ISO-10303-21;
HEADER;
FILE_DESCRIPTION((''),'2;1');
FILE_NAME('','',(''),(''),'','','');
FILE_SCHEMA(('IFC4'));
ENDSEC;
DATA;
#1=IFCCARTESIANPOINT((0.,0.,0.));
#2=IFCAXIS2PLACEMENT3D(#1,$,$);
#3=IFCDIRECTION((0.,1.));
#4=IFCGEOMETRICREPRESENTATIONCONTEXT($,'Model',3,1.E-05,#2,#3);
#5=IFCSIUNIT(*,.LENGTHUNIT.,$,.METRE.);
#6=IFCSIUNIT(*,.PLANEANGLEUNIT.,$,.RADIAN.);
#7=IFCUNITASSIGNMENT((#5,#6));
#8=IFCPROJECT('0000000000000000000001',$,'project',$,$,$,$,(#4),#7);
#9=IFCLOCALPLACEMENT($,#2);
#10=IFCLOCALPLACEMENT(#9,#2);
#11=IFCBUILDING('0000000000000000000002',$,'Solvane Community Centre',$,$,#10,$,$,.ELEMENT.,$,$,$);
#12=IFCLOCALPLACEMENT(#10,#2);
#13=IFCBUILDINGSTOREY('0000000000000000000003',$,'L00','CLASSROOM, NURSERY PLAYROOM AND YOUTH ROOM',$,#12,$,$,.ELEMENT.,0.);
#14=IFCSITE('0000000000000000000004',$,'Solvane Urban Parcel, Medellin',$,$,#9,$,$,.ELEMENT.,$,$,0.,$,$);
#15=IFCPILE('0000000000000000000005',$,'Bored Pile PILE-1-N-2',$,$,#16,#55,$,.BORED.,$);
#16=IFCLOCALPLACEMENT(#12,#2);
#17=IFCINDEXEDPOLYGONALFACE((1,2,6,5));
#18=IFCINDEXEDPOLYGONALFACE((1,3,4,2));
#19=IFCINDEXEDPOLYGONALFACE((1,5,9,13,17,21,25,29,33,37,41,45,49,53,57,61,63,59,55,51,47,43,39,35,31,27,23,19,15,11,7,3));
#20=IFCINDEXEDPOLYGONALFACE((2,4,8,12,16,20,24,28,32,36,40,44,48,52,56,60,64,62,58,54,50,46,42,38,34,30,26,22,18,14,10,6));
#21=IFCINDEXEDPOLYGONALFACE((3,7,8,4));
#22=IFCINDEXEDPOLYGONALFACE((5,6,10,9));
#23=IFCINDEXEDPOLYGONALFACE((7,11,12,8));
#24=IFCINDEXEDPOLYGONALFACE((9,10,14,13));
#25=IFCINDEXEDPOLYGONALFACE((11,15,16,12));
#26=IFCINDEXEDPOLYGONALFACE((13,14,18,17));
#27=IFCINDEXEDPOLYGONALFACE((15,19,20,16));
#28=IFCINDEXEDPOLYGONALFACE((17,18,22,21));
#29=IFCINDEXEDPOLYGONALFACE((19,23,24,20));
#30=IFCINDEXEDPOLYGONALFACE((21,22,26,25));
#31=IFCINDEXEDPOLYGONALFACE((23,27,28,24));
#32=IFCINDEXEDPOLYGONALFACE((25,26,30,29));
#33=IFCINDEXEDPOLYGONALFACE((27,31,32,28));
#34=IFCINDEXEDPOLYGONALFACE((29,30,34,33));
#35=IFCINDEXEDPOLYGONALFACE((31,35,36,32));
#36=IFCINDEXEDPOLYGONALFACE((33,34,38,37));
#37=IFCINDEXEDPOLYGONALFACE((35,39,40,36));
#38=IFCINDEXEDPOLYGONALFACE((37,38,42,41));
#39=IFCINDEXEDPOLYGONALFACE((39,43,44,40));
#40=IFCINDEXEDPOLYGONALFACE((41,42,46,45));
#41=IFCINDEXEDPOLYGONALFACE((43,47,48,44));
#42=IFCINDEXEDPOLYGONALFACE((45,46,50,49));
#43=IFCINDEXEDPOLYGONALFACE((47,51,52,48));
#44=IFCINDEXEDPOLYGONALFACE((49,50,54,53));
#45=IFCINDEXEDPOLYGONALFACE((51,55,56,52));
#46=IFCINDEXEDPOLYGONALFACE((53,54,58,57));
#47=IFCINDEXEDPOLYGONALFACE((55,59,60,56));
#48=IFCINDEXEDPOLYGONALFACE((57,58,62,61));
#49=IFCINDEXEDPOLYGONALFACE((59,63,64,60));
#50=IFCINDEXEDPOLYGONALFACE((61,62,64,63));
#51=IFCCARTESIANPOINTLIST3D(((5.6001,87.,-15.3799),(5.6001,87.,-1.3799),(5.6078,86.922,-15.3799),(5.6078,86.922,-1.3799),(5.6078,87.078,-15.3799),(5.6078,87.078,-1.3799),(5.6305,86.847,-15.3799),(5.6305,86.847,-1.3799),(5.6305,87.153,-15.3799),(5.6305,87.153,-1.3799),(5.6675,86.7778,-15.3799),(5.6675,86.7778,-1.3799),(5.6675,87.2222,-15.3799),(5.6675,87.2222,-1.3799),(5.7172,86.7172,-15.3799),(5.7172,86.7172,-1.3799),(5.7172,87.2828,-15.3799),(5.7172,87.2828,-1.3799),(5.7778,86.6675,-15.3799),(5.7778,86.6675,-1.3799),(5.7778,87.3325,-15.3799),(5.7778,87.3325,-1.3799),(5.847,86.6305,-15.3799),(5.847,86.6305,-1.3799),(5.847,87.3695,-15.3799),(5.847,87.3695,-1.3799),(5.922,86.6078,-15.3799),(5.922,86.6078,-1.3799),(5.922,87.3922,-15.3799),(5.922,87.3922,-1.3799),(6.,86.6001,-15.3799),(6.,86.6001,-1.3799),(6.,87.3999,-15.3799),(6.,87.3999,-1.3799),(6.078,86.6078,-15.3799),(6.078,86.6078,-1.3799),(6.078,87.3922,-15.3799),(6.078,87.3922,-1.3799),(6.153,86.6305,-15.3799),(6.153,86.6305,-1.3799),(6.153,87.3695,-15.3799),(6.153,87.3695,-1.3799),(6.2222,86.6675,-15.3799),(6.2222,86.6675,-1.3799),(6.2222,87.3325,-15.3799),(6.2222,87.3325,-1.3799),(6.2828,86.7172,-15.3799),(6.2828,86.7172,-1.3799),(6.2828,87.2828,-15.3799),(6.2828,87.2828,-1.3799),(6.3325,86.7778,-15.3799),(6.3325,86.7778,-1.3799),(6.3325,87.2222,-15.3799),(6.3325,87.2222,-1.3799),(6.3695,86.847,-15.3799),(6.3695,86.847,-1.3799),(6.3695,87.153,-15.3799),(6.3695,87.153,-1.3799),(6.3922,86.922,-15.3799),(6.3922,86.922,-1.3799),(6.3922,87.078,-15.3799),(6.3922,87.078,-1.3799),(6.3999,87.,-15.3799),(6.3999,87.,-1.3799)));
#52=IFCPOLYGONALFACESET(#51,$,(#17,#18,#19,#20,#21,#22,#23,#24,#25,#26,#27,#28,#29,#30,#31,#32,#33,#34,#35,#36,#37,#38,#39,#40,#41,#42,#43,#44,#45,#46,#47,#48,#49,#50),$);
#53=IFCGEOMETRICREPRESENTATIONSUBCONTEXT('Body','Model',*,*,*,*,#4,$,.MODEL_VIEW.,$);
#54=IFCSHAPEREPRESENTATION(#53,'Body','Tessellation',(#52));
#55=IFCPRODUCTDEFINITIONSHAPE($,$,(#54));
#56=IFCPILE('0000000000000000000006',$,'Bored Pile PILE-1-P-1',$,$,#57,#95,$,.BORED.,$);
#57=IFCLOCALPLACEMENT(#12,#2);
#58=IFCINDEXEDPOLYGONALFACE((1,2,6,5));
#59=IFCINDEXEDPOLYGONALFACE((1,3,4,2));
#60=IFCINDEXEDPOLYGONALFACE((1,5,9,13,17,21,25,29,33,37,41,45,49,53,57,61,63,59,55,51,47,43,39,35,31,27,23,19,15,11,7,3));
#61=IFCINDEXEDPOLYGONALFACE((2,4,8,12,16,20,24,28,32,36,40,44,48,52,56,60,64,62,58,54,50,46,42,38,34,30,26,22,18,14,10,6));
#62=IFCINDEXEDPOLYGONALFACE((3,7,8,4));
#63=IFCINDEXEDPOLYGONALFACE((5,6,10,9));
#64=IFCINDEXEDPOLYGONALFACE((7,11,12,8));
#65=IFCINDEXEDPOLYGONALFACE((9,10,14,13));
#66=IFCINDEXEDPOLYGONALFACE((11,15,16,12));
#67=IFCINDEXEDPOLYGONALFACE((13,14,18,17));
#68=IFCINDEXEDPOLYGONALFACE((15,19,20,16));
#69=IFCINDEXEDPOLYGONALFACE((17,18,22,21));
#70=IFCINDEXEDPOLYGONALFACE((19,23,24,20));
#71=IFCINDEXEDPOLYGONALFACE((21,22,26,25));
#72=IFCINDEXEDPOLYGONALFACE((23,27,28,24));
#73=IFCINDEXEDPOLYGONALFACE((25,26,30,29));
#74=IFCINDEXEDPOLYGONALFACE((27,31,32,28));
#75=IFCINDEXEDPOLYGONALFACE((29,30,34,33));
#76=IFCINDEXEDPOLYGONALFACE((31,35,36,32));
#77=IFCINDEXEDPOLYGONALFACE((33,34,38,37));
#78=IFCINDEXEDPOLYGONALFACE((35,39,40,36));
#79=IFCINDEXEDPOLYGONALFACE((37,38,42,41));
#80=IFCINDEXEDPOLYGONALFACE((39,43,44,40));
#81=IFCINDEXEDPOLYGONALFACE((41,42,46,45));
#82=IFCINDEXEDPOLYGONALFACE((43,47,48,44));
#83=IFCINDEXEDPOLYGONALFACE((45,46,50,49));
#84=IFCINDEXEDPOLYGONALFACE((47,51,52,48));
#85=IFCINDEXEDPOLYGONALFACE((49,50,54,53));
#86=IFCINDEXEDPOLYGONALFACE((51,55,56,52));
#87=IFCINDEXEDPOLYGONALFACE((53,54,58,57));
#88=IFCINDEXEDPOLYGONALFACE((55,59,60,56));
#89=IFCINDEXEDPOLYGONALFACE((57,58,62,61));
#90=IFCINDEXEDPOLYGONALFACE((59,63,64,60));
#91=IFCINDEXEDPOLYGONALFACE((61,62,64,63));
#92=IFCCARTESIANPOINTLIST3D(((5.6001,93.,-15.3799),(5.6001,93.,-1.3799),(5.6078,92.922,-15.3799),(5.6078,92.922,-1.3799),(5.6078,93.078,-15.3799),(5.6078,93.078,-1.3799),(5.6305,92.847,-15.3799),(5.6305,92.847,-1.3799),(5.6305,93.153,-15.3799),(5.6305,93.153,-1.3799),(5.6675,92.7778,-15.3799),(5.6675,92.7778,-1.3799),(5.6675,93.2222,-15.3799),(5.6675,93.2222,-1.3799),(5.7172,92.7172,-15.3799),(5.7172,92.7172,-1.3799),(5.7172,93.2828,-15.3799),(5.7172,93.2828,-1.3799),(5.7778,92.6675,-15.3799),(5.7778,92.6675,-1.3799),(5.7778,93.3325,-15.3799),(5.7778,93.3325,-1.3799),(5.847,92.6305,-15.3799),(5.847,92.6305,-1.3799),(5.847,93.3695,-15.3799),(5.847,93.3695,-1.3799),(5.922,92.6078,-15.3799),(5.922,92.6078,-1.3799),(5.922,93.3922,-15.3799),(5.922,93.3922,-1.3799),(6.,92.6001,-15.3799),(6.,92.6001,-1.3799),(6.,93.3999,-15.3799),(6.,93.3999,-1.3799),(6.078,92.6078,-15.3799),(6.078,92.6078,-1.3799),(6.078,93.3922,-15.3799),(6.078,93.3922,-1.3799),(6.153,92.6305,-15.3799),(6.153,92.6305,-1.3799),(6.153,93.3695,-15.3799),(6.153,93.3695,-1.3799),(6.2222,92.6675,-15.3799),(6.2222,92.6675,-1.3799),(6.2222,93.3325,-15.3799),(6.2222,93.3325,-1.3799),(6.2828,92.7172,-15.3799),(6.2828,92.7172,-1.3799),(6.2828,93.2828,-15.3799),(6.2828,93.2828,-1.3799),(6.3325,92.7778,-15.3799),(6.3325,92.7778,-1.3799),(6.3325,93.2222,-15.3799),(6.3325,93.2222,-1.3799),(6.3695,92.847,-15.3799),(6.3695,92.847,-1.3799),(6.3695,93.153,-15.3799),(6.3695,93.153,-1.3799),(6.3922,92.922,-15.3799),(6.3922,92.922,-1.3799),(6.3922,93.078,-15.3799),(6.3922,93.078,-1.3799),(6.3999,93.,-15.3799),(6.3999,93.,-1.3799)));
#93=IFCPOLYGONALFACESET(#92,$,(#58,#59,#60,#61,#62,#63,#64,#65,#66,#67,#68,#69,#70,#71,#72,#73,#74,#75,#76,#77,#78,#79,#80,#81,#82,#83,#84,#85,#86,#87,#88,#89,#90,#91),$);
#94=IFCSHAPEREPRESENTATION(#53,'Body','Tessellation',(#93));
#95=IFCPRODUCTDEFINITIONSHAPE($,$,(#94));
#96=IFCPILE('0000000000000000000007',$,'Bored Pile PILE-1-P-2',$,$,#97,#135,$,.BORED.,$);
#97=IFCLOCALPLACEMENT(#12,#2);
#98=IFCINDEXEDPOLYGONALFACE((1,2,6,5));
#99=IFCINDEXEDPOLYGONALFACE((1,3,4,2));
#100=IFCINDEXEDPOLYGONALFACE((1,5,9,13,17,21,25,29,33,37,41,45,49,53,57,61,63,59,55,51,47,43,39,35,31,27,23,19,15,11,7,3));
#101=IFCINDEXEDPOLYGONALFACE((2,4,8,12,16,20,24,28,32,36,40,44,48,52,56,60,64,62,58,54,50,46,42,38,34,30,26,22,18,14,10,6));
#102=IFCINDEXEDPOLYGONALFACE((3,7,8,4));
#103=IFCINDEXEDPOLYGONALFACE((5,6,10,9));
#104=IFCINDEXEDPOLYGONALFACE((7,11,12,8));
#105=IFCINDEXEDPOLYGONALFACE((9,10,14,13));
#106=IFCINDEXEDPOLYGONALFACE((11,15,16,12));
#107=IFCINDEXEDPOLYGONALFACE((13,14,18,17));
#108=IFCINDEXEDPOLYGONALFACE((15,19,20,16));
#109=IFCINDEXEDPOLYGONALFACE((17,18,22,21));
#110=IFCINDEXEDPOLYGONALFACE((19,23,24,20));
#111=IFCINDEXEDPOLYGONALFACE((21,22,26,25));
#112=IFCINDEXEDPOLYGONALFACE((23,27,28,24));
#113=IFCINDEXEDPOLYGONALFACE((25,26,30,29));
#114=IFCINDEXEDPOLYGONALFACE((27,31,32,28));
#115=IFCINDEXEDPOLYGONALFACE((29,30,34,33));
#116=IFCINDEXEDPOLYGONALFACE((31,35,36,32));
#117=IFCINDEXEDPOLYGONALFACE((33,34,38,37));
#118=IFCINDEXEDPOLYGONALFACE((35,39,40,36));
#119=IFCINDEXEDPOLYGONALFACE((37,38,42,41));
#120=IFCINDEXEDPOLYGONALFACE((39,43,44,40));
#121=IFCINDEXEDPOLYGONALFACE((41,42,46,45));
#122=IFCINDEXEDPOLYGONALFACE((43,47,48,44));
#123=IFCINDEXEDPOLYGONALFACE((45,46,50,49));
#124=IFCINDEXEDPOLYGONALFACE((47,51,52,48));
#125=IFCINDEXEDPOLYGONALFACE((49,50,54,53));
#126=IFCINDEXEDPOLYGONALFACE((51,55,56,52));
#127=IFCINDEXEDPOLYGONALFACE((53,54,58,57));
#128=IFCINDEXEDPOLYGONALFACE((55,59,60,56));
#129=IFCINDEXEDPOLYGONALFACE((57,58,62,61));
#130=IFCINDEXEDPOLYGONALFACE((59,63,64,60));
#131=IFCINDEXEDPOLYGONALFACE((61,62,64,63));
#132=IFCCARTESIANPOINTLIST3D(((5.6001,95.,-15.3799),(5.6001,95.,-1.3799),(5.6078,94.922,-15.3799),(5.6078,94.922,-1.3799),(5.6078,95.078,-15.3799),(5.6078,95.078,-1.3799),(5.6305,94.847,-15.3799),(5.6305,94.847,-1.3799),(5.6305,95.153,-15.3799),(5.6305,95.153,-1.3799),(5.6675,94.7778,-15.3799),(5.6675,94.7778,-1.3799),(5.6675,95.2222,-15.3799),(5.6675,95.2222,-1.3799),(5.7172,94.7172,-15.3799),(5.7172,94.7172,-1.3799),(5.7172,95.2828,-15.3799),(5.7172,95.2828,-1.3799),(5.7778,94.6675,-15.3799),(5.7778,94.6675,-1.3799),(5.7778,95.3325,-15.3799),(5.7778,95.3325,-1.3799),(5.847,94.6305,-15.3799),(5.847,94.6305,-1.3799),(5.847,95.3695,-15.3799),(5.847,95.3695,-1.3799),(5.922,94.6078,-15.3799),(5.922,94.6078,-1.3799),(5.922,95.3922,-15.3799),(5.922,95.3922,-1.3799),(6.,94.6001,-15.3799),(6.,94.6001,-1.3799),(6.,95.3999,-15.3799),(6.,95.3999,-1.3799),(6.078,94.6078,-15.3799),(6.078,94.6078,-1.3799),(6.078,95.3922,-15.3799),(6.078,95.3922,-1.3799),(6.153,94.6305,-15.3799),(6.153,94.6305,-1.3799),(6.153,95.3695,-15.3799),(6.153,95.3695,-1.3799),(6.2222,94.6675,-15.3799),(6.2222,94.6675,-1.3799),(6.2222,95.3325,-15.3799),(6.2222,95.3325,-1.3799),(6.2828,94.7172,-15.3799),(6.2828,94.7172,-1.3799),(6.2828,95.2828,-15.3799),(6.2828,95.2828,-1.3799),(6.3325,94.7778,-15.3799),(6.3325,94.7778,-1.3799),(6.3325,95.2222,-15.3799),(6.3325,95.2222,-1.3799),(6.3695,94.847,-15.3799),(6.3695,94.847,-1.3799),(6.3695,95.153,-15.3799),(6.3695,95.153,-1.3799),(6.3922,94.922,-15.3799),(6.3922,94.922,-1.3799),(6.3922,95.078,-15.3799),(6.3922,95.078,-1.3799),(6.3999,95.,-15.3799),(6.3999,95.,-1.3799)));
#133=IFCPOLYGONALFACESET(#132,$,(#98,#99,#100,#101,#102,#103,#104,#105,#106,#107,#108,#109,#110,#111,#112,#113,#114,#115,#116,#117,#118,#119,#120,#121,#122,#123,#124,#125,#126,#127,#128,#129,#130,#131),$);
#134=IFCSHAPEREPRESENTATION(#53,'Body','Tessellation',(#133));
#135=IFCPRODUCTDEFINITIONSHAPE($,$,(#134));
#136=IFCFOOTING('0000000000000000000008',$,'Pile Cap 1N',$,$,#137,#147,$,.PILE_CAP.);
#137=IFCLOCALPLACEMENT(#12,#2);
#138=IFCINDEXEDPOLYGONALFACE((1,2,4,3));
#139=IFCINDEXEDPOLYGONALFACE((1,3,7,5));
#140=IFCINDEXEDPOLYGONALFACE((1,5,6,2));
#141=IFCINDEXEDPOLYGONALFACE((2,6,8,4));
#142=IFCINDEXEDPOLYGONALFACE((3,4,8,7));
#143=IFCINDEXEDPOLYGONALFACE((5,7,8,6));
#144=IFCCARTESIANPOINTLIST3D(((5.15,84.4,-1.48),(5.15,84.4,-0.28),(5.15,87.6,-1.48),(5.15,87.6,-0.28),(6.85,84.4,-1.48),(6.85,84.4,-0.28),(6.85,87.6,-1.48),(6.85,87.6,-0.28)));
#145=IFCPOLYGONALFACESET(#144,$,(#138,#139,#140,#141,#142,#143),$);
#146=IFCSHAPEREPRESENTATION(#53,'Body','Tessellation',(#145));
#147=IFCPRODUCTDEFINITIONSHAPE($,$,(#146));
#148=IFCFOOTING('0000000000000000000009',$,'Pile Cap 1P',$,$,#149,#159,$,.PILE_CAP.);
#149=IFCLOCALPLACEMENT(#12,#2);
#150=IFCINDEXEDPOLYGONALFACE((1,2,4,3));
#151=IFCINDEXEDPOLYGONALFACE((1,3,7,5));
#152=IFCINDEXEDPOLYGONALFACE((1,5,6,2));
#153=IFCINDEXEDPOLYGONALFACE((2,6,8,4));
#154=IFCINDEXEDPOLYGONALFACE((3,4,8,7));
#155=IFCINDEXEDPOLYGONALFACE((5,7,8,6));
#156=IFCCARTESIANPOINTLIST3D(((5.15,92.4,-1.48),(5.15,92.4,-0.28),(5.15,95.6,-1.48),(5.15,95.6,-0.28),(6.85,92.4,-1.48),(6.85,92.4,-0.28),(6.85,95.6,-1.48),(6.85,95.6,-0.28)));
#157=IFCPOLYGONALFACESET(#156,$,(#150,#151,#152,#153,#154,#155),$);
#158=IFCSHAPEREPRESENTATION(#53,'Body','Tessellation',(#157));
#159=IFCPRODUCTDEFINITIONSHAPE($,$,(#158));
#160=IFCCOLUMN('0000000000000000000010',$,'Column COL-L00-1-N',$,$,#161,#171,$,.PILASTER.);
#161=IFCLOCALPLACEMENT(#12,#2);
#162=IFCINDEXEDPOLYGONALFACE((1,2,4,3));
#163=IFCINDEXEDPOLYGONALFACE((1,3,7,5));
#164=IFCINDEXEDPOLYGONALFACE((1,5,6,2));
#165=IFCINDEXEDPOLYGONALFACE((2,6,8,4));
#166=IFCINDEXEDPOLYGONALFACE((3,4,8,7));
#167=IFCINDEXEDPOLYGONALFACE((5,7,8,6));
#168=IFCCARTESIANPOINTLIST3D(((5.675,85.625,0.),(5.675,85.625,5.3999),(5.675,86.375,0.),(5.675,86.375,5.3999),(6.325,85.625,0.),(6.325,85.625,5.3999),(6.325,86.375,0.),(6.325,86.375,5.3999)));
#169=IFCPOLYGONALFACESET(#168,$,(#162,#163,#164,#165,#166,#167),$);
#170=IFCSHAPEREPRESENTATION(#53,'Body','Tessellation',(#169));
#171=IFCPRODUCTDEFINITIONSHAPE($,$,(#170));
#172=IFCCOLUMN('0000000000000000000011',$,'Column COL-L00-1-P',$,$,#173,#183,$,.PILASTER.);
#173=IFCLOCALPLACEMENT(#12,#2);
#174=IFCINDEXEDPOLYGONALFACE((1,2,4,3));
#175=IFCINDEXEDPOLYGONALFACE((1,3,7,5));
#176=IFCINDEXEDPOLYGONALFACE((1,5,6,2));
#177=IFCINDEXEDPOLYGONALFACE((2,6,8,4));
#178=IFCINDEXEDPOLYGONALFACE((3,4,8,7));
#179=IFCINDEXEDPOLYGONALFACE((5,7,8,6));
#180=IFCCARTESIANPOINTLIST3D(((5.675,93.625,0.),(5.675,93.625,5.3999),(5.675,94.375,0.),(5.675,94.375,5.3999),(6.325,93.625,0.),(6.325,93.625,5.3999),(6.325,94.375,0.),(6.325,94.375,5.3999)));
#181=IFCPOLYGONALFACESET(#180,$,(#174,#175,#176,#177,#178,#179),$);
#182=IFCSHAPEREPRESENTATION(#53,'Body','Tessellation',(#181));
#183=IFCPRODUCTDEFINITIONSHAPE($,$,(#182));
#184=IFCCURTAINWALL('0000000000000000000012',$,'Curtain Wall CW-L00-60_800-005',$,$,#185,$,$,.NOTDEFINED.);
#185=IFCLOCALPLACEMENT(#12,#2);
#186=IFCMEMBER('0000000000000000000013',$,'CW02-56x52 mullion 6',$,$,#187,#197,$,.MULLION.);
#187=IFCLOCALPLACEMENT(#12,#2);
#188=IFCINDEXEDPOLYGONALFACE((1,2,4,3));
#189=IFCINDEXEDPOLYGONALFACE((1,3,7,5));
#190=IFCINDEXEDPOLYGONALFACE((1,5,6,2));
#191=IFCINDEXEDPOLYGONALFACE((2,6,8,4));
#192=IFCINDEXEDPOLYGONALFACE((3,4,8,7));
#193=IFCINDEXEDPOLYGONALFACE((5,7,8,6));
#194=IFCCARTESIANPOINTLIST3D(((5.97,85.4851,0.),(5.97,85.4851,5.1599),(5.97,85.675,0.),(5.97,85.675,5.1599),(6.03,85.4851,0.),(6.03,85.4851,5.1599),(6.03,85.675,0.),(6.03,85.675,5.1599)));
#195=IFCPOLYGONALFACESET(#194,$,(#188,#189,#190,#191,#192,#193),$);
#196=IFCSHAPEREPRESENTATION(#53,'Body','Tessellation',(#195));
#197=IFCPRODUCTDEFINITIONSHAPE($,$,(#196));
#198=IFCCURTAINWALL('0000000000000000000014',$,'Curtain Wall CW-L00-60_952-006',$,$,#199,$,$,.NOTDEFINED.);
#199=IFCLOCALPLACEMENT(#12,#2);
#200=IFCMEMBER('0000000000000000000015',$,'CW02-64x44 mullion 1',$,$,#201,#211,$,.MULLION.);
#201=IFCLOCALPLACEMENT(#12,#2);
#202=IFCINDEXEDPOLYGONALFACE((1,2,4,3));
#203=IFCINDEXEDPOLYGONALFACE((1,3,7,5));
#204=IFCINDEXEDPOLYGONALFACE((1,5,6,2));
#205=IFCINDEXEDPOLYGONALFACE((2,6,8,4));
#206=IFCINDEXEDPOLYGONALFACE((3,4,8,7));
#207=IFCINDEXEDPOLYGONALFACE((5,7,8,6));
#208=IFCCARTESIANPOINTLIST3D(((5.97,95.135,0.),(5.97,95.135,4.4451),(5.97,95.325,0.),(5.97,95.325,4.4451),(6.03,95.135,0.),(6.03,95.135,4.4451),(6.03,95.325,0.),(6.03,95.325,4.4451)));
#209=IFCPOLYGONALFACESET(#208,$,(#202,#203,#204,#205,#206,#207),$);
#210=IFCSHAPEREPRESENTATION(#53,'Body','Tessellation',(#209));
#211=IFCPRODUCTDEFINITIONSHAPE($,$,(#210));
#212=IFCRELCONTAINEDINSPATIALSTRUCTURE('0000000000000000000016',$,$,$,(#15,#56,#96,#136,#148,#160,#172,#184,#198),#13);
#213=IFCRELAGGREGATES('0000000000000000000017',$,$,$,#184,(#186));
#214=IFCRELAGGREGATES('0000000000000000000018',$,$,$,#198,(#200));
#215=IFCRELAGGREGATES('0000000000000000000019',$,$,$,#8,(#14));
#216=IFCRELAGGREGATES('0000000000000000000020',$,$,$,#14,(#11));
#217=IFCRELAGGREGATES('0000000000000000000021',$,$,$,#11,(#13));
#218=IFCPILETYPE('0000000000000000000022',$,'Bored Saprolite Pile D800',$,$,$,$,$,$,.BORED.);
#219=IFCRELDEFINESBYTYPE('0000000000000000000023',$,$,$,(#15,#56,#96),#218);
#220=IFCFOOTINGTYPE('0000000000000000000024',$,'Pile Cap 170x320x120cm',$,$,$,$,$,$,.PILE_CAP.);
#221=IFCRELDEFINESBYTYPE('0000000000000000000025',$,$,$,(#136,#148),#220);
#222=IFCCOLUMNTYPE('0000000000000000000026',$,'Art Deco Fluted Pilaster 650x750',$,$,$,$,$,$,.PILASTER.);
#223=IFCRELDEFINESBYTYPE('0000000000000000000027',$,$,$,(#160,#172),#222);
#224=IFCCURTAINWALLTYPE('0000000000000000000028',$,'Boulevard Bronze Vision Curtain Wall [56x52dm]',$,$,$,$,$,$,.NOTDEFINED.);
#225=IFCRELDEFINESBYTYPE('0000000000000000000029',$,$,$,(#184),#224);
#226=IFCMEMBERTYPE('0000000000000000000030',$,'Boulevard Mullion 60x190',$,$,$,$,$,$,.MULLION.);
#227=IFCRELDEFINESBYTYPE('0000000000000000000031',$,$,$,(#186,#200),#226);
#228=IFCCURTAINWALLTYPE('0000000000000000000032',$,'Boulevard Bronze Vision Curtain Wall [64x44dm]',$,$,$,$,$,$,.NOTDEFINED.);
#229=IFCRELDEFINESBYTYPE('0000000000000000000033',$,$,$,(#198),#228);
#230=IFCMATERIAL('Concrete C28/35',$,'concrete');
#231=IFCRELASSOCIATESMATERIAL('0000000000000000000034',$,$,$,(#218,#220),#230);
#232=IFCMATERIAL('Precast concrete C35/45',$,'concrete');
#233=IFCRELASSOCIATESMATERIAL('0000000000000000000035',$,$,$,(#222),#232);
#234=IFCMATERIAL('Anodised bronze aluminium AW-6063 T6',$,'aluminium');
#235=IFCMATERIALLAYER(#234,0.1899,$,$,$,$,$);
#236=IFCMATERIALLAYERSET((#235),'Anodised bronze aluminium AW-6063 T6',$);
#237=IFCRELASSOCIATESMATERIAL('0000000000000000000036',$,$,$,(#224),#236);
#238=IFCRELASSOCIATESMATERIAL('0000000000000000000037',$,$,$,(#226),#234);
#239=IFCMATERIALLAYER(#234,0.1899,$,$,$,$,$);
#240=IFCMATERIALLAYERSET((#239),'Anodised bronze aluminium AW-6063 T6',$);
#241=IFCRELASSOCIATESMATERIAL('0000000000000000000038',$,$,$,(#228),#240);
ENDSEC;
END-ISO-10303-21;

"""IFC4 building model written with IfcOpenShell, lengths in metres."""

from ifc_helpers import new_model, si_unit, direction, frame, origin, origin_2d, place, context, subcontext, project, spatial, rectangle, circle, extrude, material, layer, layer_set, material_profile, profile_set, type_object, element, aggregate, save


model = new_model("IFC4")

# Units and contexts
model_context = context("Model", 3, precision=1e-05, world=origin(), true_north=direction((0.0, 1.0)))
body_context = subcontext(model_context, "Body", "Model", "MODEL_VIEW")
ifc_project = project(units=[si_unit("LENGTHUNIT", "METRE"), si_unit("PLANEANGLEUNIT", "RADIAN")], contexts=[model_context])

# Site, building, storey
site_placement = place(None, origin())
site = spatial("IfcSite", under=ifc_project, at=site_placement, Name="Solvane Urban Parcel, Medellin", CompositionType="ELEMENT", RefElevation=0.0)
building_placement = place(site_placement, origin())
building = spatial("IfcBuilding", under=site, at=building_placement, Name="Solvane Community Centre", CompositionType="ELEMENT")
storey_placement = place(building_placement, origin())
storey = spatial("IfcBuildingStorey", under=building, at=storey_placement, Name="L00", Description="CLASSROOM, NURSERY PLAYROOM AND YOUTH ROOM", CompositionType="ELEMENT", Elevation=0.0)

# Piles
ifc_material_1 = material(Name="Concrete C28/35", Category="concrete")
ifc_material_profile_1 = material_profile(ifc_material_1, circle(Radius=0.3999, at=origin_2d()), Name="PILE D800")
ifc_profile_set_1 = profile_set([ifc_material_profile_1], Name="Concrete C28/35")
pile_type = type_object("IfcPileType", Name="Bored Saprolite Pile D800", PredefinedType="BORED", material=ifc_profile_set_1)
for number, where, z_axis, x_axis, name in (
    (1, (6.0, 87.0, -1.3799), (0.0, 0.0, -1.0), (1.0, 0.0, 0.0), "Bored Pile PILE-1-N-2"),
    (2, (6.0, 93.0, -1.3799), (0.0, 0.0, -1.0), (1.0, 0.0, 0.0), "Bored Pile PILE-1-P-1"),
    (3, (6.0, 95.0, -1.3799), (0.0, 0.0, -1.0), (1.0, 0.0, 0.0), "Bored Pile PILE-1-P-2"),
):
    element("IfcPile", number, at=place(storey_placement, frame(where, z_axis=z_axis, x_axis=x_axis)), inside=storey, type_object=pile_type, Name=name, PredefinedType="BORED", context=body_context, shape_type="SweptSolid", body=[
        extrude(circle(Radius=0.3999, at=origin_2d()), origin(), (0.0, 0.0, 1.0), 14.0),
    ])

# Footings
footing_type = type_object("IfcFootingType", Name="Pile Cap 170x320x120cm", PredefinedType="PILE_CAP", material=ifc_material_1)
for number, where, z_axis, x_axis, name in (
    (4, (6.0, 86.0, -1.48), (0.0, 0.0, 1.0), (1.0, 0.0, 0.0), "Pile Cap 1N"),
    (5, (6.0, 94.0, -1.48), (0.0, 0.0, 1.0), (1.0, 0.0, 0.0), "Pile Cap 1P"),
):
    element("IfcFooting", number, at=place(storey_placement, frame(where, z_axis=z_axis, x_axis=x_axis)), inside=storey, type_object=footing_type, Name=name, PredefinedType="PILE_CAP", context=body_context, shape_type="SweptSolid", body=[
        extrude(rectangle(XDim=1.7, YDim=3.2, at=origin_2d()), origin(), (0.0, 0.0, 1.0), 1.2),
    ])

# Columns
ifc_material_2 = material(Name="Precast concrete C35/45", Category="concrete")
ifc_material_profile_2 = material_profile(ifc_material_2, rectangle(XDim=0.6499, YDim=0.75, at=origin_2d()), Name="RC 650x750")
ifc_profile_set_2 = profile_set([ifc_material_profile_2], Name="Precast concrete C35/45")
column_type = type_object("IfcColumnType", Name="Art Deco Fluted Pilaster 650x750", PredefinedType="PILASTER", material=ifc_profile_set_2)
for number, where, z_axis, x_axis, name in (
    (6, (6.0, 86.0, 0.0), (0.0, 0.0, 1.0), (1.0, 0.0, 0.0), "Column COL-L00-1-N"),
    (7, (6.0, 94.0, 0.0), (0.0, 0.0, 1.0), (1.0, 0.0, 0.0), "Column COL-L00-1-P"),
):
    element("IfcColumn", number, at=place(storey_placement, frame(where, z_axis=z_axis, x_axis=x_axis)), inside=storey, type_object=column_type, Name=name, PredefinedType="PILASTER", context=body_context, shape_type="SweptSolid", body=[
        extrude(rectangle(XDim=0.6499, YDim=0.75, at=origin_2d()), origin(), (0.0, 0.0, 1.0), 5.3999),
    ])

# Curtain wall, member
ifc_material_3 = material(Name="Anodised bronze aluminium AW-6063 T6", Category="aluminium")
ifc_layer_1 = layer(ifc_material_3, 0.1899)
ifc_layer_set_1 = layer_set([ifc_layer_1], Name="Anodised bronze aluminium AW-6063 T6")
curtain_wall_type_1 = type_object("IfcCurtainWallType", Name="Boulevard Bronze Vision Curtain Wall [56x52dm]", PredefinedType="NOTDEFINED", material=ifc_layer_set_1)
curtain_wall_1_placement = place(storey_placement, origin())
curtain_wall_1 = element("IfcCurtainWall", 8, at=curtain_wall_1_placement, inside=storey, type_object=curtain_wall_type_1, Name="Curtain Wall CW-L00-60_800-005", PredefinedType="NOTDEFINED")
ifc_material_profile_3 = material_profile(ifc_material_3, rectangle(XDim=0.0601, YDim=0.1899, at=origin_2d()), Name="CW-M 60x190")
ifc_profile_set_3 = profile_set([ifc_material_profile_3], Name="Anodised bronze aluminium AW-6063 T6")
member_type_1 = type_object("IfcMemberType", Name="Boulevard Mullion 60x190", PredefinedType="MULLION", material=ifc_profile_set_3)
member_1_placement = place(storey_placement, frame((6.0, 85.5801, 0.0), z_axis=(0.0, 0.0, 1.0), x_axis=(-1.0, 0.0, 0.0)))
member_1 = element("IfcMember", 9, at=member_1_placement, type_object=member_type_1, Name="CW02-56x52 mullion 6", PredefinedType="MULLION", context=body_context, shape_type="SweptSolid", body=[
    extrude(rectangle(XDim=0.0601, YDim=0.1899, at=origin_2d()), origin(), (0.0, 0.0, 1.0), 5.1599),
])
aggregate(curtain_wall_1, [member_1])

# Curtain wall, member
ifc_layer_2 = layer(ifc_material_3, 0.1899)
ifc_layer_set_2 = layer_set([ifc_layer_2], Name="Anodised bronze aluminium AW-6063 T6")
curtain_wall_type_2 = type_object("IfcCurtainWallType", Name="Boulevard Bronze Vision Curtain Wall [64x44dm]", PredefinedType="NOTDEFINED", material=ifc_layer_set_2)
curtain_wall_2_placement = place(storey_placement, origin())
curtain_wall_2 = element("IfcCurtainWall", 10, at=curtain_wall_2_placement, inside=storey, type_object=curtain_wall_type_2, Name="Curtain Wall CW-L00-60_952-006", PredefinedType="NOTDEFINED")
member_2_placement = place(storey_placement, frame((6.0, 95.23, 0.0), z_axis=(0.0, 0.0, 1.0), x_axis=(-1.0, 0.0, 0.0)))
member_2 = element("IfcMember", 11, at=member_2_placement, type_object=member_type_1, Name="CW02-64x44 mullion 1", PredefinedType="MULLION", context=body_context, shape_type="SweptSolid", body=[
    extrude(rectangle(XDim=0.0601, YDim=0.1899, at=origin_2d()), origin(), (0.0, 0.0, 1.0), 4.4451),
])

aggregate(curtain_wall_2, [member_2])

save(model, "model.ifc")
